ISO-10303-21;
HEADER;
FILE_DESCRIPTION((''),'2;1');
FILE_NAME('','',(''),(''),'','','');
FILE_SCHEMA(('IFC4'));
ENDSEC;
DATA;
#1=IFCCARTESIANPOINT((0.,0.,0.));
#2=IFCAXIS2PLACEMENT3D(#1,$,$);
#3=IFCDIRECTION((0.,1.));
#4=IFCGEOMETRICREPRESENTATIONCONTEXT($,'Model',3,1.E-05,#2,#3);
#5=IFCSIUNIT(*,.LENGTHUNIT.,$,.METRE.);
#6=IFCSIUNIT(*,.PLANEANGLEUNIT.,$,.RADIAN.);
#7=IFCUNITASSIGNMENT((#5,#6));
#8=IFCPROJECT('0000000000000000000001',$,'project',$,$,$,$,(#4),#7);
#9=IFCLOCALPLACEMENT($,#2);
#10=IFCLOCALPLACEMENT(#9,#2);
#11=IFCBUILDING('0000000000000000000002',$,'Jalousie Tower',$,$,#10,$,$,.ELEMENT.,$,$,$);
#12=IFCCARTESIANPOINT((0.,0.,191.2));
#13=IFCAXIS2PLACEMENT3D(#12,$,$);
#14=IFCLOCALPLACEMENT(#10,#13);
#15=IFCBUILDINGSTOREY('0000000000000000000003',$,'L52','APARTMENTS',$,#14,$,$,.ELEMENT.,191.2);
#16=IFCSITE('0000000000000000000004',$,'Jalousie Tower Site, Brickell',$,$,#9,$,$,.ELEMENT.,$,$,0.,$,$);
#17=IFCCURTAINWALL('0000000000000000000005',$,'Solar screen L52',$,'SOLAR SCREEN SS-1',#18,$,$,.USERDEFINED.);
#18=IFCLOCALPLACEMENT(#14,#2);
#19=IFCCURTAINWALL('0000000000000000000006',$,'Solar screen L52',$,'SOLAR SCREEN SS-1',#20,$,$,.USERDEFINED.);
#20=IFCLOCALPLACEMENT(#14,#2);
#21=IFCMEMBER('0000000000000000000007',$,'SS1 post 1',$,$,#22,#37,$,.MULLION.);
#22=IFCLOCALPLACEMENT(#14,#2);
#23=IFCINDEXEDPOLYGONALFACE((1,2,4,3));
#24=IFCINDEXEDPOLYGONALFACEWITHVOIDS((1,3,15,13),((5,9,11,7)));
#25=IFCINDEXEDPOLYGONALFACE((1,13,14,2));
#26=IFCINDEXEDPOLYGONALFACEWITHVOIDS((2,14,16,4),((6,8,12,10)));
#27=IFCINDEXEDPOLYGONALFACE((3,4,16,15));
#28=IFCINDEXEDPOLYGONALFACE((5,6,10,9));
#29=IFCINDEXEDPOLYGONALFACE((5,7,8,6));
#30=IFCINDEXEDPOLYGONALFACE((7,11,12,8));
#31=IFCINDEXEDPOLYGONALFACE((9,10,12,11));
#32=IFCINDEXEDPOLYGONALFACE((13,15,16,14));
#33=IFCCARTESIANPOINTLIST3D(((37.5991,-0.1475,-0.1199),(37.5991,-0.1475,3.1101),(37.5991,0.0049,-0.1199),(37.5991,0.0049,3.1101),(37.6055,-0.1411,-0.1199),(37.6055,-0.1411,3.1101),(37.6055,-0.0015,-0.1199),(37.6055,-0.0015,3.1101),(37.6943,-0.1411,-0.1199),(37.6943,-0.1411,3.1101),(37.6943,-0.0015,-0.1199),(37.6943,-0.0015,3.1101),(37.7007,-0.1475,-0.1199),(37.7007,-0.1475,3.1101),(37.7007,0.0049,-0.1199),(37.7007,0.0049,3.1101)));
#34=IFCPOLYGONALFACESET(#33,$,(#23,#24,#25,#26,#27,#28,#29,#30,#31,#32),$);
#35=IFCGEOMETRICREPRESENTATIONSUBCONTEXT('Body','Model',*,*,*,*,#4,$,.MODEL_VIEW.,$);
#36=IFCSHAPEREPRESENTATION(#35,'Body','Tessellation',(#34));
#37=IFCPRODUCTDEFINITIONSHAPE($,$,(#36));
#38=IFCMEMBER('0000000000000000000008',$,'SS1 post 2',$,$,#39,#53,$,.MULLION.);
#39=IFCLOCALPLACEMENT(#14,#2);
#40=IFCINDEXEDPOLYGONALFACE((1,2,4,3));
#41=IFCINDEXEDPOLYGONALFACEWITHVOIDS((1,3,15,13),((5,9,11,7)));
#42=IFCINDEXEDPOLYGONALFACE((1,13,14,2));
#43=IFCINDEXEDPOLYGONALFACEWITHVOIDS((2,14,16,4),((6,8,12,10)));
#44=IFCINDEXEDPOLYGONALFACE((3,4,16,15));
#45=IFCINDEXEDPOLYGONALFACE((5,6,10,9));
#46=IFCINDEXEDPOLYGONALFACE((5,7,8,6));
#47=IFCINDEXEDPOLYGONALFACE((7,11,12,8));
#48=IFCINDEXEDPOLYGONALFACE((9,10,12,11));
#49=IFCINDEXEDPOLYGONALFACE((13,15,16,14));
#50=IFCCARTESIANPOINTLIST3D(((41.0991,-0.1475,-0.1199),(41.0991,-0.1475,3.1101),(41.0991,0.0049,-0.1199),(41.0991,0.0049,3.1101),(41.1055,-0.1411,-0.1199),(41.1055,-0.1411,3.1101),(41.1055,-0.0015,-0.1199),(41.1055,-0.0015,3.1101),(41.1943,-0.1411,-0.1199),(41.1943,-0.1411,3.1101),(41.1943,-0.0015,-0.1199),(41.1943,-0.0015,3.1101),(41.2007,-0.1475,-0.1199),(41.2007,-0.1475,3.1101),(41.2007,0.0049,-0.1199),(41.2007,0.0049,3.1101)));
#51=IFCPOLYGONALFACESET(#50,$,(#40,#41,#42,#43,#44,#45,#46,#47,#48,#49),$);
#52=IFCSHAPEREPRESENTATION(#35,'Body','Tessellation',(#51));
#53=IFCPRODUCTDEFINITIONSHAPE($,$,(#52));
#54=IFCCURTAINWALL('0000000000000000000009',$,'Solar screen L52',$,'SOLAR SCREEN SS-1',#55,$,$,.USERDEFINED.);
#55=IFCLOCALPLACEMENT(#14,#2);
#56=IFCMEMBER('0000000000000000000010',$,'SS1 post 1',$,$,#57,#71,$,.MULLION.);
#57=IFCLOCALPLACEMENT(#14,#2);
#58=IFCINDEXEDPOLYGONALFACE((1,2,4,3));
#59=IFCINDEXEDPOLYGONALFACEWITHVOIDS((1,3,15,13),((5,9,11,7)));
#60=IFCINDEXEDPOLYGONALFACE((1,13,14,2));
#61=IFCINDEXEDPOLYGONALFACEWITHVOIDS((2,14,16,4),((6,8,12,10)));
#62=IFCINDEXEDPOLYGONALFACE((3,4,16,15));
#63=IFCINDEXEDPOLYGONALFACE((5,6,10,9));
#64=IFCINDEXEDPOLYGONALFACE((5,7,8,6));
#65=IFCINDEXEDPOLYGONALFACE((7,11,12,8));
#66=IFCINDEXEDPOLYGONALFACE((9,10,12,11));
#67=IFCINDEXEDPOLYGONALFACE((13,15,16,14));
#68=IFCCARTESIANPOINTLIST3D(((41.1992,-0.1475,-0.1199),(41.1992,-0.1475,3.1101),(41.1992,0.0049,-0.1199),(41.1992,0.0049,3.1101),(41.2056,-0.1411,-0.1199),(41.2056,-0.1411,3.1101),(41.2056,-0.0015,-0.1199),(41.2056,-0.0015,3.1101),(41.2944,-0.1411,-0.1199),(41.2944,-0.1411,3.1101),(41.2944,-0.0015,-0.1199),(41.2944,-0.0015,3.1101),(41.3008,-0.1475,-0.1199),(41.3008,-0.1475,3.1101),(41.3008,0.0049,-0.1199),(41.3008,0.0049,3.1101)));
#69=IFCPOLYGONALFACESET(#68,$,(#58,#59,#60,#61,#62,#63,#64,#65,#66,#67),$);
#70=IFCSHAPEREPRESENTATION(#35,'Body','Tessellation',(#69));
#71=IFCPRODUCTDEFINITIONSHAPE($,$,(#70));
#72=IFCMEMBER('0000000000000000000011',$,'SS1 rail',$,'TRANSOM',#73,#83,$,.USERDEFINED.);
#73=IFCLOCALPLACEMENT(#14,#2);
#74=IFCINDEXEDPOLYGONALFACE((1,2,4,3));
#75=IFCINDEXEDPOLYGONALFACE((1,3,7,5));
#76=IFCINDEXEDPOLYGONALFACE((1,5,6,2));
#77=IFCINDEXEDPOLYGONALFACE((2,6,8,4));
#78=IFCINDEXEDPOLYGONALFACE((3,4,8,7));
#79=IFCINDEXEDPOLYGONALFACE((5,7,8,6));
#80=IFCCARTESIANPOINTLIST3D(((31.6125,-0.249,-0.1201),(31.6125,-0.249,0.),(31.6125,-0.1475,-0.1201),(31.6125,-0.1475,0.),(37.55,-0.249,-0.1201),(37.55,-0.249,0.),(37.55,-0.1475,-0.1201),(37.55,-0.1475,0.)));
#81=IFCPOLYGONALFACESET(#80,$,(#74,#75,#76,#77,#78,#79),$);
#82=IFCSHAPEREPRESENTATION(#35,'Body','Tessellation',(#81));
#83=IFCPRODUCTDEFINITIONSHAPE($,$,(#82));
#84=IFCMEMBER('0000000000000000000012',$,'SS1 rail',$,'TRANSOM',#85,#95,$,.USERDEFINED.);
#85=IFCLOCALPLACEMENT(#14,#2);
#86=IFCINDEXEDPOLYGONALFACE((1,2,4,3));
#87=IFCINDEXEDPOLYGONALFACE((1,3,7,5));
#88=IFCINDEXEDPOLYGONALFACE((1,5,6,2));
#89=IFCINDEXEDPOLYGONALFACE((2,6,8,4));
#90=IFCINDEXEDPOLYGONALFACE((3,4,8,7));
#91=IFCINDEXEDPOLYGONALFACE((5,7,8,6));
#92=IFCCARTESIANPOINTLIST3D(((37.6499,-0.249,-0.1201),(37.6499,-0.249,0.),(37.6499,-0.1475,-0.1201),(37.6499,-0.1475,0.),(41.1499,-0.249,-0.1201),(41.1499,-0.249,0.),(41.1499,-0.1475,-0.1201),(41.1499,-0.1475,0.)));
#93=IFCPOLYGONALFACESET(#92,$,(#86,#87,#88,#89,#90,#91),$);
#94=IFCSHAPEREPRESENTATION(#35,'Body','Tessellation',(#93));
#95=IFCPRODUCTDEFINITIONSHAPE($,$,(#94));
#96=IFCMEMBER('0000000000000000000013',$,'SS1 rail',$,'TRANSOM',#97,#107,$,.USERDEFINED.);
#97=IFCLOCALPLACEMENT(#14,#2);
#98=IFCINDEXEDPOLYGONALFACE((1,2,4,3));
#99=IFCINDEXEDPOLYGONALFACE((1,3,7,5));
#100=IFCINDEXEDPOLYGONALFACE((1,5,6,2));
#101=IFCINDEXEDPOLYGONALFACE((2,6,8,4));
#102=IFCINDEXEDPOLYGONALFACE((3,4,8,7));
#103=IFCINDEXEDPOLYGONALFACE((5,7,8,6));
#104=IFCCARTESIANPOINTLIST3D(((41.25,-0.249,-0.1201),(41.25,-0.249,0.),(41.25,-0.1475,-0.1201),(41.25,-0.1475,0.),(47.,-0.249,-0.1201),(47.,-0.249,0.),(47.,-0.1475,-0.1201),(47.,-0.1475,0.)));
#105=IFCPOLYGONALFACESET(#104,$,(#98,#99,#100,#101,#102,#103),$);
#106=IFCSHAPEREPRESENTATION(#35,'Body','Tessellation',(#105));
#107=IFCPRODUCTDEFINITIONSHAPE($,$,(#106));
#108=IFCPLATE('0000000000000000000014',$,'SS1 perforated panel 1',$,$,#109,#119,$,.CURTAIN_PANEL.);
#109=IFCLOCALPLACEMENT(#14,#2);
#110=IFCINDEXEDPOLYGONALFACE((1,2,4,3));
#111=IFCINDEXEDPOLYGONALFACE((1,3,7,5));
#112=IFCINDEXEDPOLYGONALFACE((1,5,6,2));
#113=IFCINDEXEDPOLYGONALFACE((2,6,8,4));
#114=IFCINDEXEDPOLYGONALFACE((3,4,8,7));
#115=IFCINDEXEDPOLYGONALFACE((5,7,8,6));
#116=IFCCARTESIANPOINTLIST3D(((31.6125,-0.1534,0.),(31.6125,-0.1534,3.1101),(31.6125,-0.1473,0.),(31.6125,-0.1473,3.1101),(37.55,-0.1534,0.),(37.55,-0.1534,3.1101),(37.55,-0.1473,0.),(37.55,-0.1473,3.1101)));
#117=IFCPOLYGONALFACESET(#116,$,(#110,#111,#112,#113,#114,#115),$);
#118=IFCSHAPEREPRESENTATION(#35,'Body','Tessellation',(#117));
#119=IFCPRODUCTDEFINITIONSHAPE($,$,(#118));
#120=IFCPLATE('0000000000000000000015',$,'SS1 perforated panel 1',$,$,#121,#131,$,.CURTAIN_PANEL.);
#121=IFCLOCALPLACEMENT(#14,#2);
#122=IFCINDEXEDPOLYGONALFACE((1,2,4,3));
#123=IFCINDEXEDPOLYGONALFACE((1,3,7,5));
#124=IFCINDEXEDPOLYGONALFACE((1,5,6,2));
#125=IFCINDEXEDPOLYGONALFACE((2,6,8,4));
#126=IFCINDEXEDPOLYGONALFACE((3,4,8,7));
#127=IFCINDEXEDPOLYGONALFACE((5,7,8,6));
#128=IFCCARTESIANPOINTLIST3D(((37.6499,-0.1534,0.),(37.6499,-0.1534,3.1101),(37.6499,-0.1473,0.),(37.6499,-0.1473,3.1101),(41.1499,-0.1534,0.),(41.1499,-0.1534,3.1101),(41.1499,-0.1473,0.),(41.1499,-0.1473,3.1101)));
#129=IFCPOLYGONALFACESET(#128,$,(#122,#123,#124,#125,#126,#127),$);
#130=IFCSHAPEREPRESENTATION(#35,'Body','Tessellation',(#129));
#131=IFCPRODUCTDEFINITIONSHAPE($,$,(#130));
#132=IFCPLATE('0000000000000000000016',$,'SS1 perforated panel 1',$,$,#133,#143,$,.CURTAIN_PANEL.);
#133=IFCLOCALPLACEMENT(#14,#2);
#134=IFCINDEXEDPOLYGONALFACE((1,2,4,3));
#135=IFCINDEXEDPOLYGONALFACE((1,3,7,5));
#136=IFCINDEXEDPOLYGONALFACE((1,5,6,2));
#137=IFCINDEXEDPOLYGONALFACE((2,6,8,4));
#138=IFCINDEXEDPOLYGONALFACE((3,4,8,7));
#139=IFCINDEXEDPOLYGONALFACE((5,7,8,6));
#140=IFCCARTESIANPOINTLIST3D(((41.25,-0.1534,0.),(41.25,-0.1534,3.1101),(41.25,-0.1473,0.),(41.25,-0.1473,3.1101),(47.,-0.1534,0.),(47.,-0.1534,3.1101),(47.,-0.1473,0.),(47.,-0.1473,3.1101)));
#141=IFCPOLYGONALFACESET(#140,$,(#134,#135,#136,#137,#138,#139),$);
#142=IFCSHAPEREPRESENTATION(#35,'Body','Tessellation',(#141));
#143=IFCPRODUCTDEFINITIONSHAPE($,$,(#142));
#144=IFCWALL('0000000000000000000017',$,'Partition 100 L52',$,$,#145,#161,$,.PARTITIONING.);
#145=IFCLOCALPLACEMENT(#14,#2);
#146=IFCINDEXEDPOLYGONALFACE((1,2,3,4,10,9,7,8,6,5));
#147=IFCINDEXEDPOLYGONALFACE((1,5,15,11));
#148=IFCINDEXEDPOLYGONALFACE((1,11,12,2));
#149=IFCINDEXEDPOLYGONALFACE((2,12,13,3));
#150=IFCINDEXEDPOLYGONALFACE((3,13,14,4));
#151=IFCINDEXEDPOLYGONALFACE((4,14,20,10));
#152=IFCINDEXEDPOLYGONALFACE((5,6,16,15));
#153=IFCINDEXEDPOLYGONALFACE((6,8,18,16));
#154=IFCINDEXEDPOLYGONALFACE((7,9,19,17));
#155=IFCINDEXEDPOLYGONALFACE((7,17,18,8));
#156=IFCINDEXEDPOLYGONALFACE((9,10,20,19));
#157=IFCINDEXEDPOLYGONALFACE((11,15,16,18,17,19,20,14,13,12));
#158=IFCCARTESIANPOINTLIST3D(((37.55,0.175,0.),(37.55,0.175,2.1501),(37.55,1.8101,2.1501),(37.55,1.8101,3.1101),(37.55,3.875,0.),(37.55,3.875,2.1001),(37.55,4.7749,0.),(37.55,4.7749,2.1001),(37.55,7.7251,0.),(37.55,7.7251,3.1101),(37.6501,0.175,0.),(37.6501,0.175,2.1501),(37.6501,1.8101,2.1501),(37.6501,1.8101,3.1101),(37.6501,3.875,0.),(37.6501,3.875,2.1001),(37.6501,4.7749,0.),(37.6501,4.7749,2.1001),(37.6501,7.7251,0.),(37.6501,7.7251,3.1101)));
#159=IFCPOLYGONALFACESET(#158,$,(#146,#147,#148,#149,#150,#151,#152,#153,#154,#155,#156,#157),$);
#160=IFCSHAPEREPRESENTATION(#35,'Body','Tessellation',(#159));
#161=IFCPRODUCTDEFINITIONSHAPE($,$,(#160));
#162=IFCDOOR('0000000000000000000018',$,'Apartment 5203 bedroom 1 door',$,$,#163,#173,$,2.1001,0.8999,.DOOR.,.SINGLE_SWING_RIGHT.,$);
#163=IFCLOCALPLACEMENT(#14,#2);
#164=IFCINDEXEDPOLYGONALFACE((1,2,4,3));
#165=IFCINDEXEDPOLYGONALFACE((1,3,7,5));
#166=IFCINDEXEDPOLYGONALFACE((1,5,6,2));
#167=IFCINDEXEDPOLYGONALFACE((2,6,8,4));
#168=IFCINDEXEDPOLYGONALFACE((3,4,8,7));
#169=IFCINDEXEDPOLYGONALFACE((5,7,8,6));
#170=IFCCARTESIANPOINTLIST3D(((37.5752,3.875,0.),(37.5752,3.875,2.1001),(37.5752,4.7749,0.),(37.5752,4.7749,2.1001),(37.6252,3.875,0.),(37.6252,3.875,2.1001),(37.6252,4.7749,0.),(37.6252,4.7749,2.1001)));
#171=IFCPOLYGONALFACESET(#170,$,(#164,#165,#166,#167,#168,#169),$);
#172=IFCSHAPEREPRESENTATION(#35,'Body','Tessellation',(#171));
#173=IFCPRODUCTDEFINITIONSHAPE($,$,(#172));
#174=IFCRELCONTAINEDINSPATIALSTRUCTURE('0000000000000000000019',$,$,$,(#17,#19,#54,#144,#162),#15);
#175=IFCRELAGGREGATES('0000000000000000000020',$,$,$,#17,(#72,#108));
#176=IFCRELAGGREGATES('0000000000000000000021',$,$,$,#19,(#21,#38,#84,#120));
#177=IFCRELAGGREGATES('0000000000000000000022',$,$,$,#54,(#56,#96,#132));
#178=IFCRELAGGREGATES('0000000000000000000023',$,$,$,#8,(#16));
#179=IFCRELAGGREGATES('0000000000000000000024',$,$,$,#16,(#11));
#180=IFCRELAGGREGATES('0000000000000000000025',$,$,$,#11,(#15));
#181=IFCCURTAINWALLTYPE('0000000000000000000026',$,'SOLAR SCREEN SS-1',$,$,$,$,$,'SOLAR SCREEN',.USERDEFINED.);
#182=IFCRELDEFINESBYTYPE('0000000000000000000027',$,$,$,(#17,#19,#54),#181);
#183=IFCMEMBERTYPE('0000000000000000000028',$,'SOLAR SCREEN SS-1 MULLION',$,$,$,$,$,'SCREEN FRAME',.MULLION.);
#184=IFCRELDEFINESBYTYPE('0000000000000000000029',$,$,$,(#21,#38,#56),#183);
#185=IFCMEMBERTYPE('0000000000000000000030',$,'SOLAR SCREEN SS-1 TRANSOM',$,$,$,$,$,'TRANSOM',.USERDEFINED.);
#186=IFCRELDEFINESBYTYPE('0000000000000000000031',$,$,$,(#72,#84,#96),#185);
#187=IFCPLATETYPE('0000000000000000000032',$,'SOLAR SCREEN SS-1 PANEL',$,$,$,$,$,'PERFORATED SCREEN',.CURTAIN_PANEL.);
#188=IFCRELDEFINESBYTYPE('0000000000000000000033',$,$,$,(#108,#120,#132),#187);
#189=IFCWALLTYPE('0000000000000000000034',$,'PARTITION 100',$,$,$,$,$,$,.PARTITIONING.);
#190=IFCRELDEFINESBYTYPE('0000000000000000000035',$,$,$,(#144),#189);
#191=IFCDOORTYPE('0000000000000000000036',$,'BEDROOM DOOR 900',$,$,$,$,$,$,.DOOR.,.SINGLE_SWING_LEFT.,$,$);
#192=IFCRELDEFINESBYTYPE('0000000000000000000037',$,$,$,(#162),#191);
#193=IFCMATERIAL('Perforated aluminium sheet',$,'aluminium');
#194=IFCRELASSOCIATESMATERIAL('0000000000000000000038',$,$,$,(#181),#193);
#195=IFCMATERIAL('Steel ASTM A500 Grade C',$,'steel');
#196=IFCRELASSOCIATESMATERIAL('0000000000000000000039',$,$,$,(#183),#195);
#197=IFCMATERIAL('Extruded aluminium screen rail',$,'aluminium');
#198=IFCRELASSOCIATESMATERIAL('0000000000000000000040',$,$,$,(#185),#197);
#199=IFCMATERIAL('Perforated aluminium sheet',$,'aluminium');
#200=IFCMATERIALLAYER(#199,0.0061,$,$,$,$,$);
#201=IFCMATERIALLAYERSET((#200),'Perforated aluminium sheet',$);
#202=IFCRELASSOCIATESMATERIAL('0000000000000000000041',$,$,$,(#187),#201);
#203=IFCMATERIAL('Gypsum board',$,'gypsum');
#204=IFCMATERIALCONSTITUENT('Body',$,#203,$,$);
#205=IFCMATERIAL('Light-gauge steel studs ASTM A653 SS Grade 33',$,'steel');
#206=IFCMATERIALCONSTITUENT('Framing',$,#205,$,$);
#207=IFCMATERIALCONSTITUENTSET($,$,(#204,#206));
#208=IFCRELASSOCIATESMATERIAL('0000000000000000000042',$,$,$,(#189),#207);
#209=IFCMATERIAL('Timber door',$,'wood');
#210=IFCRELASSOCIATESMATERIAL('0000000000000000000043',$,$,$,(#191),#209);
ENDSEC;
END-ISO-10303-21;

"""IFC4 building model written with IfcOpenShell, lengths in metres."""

from ifc_helpers import new_model, si_unit, direction, frame, frame_2d, origin, origin_2d, place, context, subcontext, project, spatial, polyline, rectangle, hollow_rectangle, outline, extrude, material, layer, layer_set, constituent, constituent_set, material_profile, profile_set, type_object, element, fill, aggregate, save


model = new_model("IFC4")

# Units and contexts
model_context = context("Model", 3, precision=1e-05, world=origin(), true_north=direction((0.0, 1.0)))
body_context = subcontext(model_context, "Body", "Model", "MODEL_VIEW")
ifc_project = project(units=[si_unit("LENGTHUNIT", "METRE"), si_unit("PLANEANGLEUNIT", "RADIAN")], contexts=[model_context])

# Site, building, storey
site_placement = place(None, origin())
site = spatial("IfcSite", under=ifc_project, at=site_placement, Name="Jalousie Tower Site, Brickell", CompositionType="ELEMENT", RefElevation=0.0)
building_placement = place(site_placement, origin())
building = spatial("IfcBuilding", under=site, at=building_placement, Name="Jalousie Tower", CompositionType="ELEMENT")
storey_placement = place(building_placement, frame((0.0, 0.0, 191.2)))
storey = spatial("IfcBuildingStorey", under=building, at=storey_placement, Name="L52", Description="APARTMENTS", CompositionType="ELEMENT", Elevation=191.2)

# Curtain walls, members
ifc_material_1 = material(Name="Perforated aluminium sheet", Category="aluminium")
curtain_wall_type = type_object("IfcCurtainWallType", Name="SOLAR SCREEN SS-1", ElementType="SOLAR SCREEN", PredefinedType="USERDEFINED", material=ifc_material_1)
curtain_wall_1_placement = place(storey_placement, origin())
curtain_wall_1 = element("IfcCurtainWall", 1, at=curtain_wall_1_placement, inside=storey, type_object=curtain_wall_type, Name="Solar screen L52", ObjectType="SOLAR SCREEN SS-1", PredefinedType="USERDEFINED")
ifc_material_2 = material(Name="Steel ASTM A500 Grade C", Category="steel")
ifc_material_profile_1 = material_profile(ifc_material_2, hollow_rectangle(XDim=0.1016, YDim=0.1523, WallThickness=0.0063, at=origin_2d()), Name="HSS6X4X1/4")
ifc_profile_set_1 = profile_set([ifc_material_profile_1], Name="Steel ASTM A500 Grade C")
member_type_1 = type_object("IfcMemberType", Name="SOLAR SCREEN SS-1 MULLION", ElementType="SCREEN FRAME", PredefinedType="MULLION", material=ifc_profile_set_1)
curtain_wall_2_placement = place(storey_placement, origin())
curtain_wall_2 = element("IfcCurtainWall", 2, at=curtain_wall_2_placement, inside=storey, type_object=curtain_wall_type, Name="Solar screen L52", ObjectType="SOLAR SCREEN SS-1", PredefinedType="USERDEFINED")
member_1_placement = place(storey_placement, frame((37.6499, -0.0713, -0.1199), z_axis=(0.0, 0.0, 1.0), x_axis=(1.0, 0.0, 0.0)))
member_1 = element("IfcMember", 3, at=member_1_placement, type_object=member_type_1, Name="SS1 post 1", PredefinedType="MULLION", context=body_context, shape_type="SweptSolid", body=[
    extrude(hollow_rectangle(XDim=0.1016, YDim=0.1523, WallThickness=0.0063, at=origin_2d()), origin(), (0.0, 0.0, 1.0), 3.23),
])
member_2_placement = place(storey_placement, frame((41.1499, -0.0713, -0.1199), z_axis=(0.0, 0.0, 1.0), x_axis=(1.0, 0.0, 0.0)))
member_2 = element("IfcMember", 4, at=member_2_placement, type_object=member_type_1, Name="SS1 post 2", PredefinedType="MULLION", context=body_context, shape_type="SweptSolid", body=[
    extrude(hollow_rectangle(XDim=0.1016, YDim=0.1523, WallThickness=0.0063, at=origin_2d()), origin(), (0.0, 0.0, 1.0), 3.23),
])

# Curtain wall, member
curtain_wall_3_placement = place(storey_placement, origin())
curtain_wall_3 = element("IfcCurtainWall", 5, at=curtain_wall_3_placement, inside=storey, type_object=curtain_wall_type, Name="Solar screen L52", ObjectType="SOLAR SCREEN SS-1", PredefinedType="USERDEFINED")
member_3_placement = place(storey_placement, frame((41.25, -0.0713, -0.1199), z_axis=(0.0, 0.0, 1.0), x_axis=(1.0, 0.0, 0.0)))
member_3 = element("IfcMember", 6, at=member_3_placement, type_object=member_type_1, Name="SS1 post 1", PredefinedType="MULLION", context=body_context, shape_type="SweptSolid", body=[
    extrude(hollow_rectangle(XDim=0.1016, YDim=0.1523, WallThickness=0.0063, at=origin_2d()), origin(), (0.0, 0.0, 1.0), 3.23),
])

# Members
ifc_material_3 = material(Name="Extruded aluminium screen rail", Category="aluminium")
ifc_material_profile_2 = material_profile(ifc_material_3, rectangle(XDim=0.1016, YDim=0.1201, at=origin_2d()), Name="RAIL 102x120")
ifc_profile_set_2 = profile_set([ifc_material_profile_2], Name="Extruded aluminium screen rail")
member_type_2 = type_object("IfcMemberType", Name="SOLAR SCREEN SS-1 TRANSOM", ElementType="TRANSOM", PredefinedType="USERDEFINED", material=ifc_profile_set_2)
member_4_placement = place(storey_placement, frame((31.6125, -0.1982, -0.0601), z_axis=(1.0, 0.0, 0.0), x_axis=(0.0, 1.0, 0.0)))
member_4 = element("IfcMember", 7, at=member_4_placement, type_object=member_type_2, Name="SS1 rail", ObjectType="TRANSOM", PredefinedType="USERDEFINED", context=body_context, shape_type="SweptSolid", body=[
    extrude(rectangle(XDim=0.1016, YDim=0.1201, at=origin_2d()), origin(), (0.0, 0.0, 1.0), 5.9375),
])
member_5_placement = place(storey_placement, frame((37.6499, -0.1982, -0.0601), z_axis=(1.0, 0.0, 0.0), x_axis=(0.0, 1.0, 0.0)))
member_5 = element("IfcMember", 8, at=member_5_placement, type_object=member_type_2, Name="SS1 rail", ObjectType="TRANSOM", PredefinedType="USERDEFINED", context=body_context, shape_type="SweptSolid", body=[
    extrude(rectangle(XDim=0.1016, YDim=0.1201, at=origin_2d()), origin(), (0.0, 0.0, 1.0), 3.5),
])
member_6_placement = place(storey_placement, frame((41.25, -0.1982, -0.0601), z_axis=(1.0, 0.0, 0.0), x_axis=(0.0, 1.0, 0.0)))
member_6 = element("IfcMember", 9, at=member_6_placement, type_object=member_type_2, Name="SS1 rail", ObjectType="TRANSOM", PredefinedType="USERDEFINED", context=body_context, shape_type="SweptSolid", body=[
    extrude(rectangle(XDim=0.1016, YDim=0.1201, at=origin_2d()), origin(), (0.0, 0.0, 1.0), 5.75),
])

# Plates
ifc_material_4 = material(Name="Perforated aluminium sheet", Category="aluminium")
ifc_layer = layer(ifc_material_4, 0.0061)
ifc_layer_set = layer_set([ifc_layer], Name="Perforated aluminium sheet")
plate_type = type_object("IfcPlateType", Name="SOLAR SCREEN SS-1 PANEL", ElementType="PERFORATED SCREEN", PredefinedType="CURTAIN_PANEL", material=ifc_layer_set)
plate_1_placement = place(storey_placement, frame((34.5813, -0.1504, 0.0), z_axis=(0.0, 0.0, 1.0), x_axis=(1.0, 0.0, 0.0)))
plate_1 = element("IfcPlate", 10, at=plate_1_placement, type_object=plate_type, Name="SS1 perforated panel 1", PredefinedType="CURTAIN_PANEL", context=body_context, shape_type="SweptSolid", body=[
    extrude(rectangle(XDim=5.9375, YDim=0.0061, at=origin_2d()), origin(), (0.0, 0.0, 1.0), 3.1101),
])
aggregate(curtain_wall_1, [member_4, plate_1])
plate_2_placement = place(storey_placement, frame((39.3999, -0.1504, 0.0), z_axis=(0.0, 0.0, 1.0), x_axis=(1.0, 0.0, 0.0)))
plate_2 = element("IfcPlate", 11, at=plate_2_placement, type_object=plate_type, Name="SS1 perforated panel 1", PredefinedType="CURTAIN_PANEL", context=body_context, shape_type="SweptSolid", body=[
    extrude(rectangle(XDim=3.5, YDim=0.0061, at=origin_2d()), origin(), (0.0, 0.0, 1.0), 3.1101),
])
aggregate(curtain_wall_2, [member_1, member_2, member_5, plate_2])
plate_3_placement = place(storey_placement, frame((44.125, -0.1504, 0.0), z_axis=(0.0, 0.0, 1.0), x_axis=(1.0, 0.0, 0.0)))
plate_3 = element("IfcPlate", 12, at=plate_3_placement, type_object=plate_type, Name="SS1 perforated panel 1", PredefinedType="CURTAIN_PANEL", context=body_context, shape_type="SweptSolid", body=[
    extrude(rectangle(XDim=5.75, YDim=0.0061, at=origin_2d()), origin(), (0.0, 0.0, 1.0), 3.1101),
])
aggregate(curtain_wall_3, [member_3, member_6, plate_3])

# Wall, opening, door
ifc_material_5 = material(Name="Gypsum board", Category="gypsum")
ifc_constituent_1 = constituent(ifc_material_5, Name="Body")
ifc_material_6 = material(Name="Light-gauge steel studs ASTM A653 SS Grade 33", Category="steel")
ifc_constituent_2 = constituent(ifc_material_6, Name="Framing")
ifc_constituent_set_1 = constituent_set(constituents=[ifc_constituent_1, ifc_constituent_2])
wall_type_1 = type_object("IfcWallType", Name="PARTITION 100", PredefinedType="PARTITIONING", material=ifc_constituent_set_1)
wall_1_placement = place(storey_placement, frame((37.6001, 0.175, 0.0), z_axis=(0.0, 0.0, 1.0), x_axis=(0.0, 1.0, 0.0)))
wall_1 = element("IfcWall", 13, at=wall_1_placement, inside=storey, type_object=wall_type_1, Name="Partition 100 L52", PredefinedType="PARTITIONING", context=body_context, shape_type="SweptSolid", body=[
    extrude(outline(polyline([(0.0, 0.0), (7.55, 0.0), (7.55, 3.1101), (1.635, 3.1101), (1.635, 2.1501), (0.0, 2.1501), (0.0, 3.1101), (0.0, 0.0)])), frame((0.0, 0.05, 0.0), z_axis=(0.0, -1.0, 0.0), x_axis=(1.0, 0.0, 0.0)), (0.0, 0.0, 1.0), 0.1001),
])
opening_1_placement = place(wall_1_placement, frame((3.7, 0.0, 0.0)))
opening_1 = element("IfcOpeningElement", 14, at=opening_1_placement, cuts=wall_1, PredefinedType="OPENING", context=body_context, shape_type="SweptSolid", body=[
    extrude(rectangle(XDim=0.8999, YDim=2.1001, at=frame_2d((0.45, 1.05))), frame((0.0, 0.0601, 0.0), z_axis=(0.0, -1.0, 0.0), x_axis=(1.0, 0.0, 0.0)), (0.0, 0.0, 1.0), 0.1201),
])
ifc_material_7 = material(Name="Timber door", Category="wood")
door_type_1 = type_object("IfcDoorType", Name="BEDROOM DOOR 900", OperationType="SINGLE_SWING_LEFT", PredefinedType="DOOR", material=ifc_material_7)
door_1_placement = place(opening_1_placement, origin())
door_1 = element("IfcDoor", 15, at=door_1_placement, inside=storey, type_object=door_type_1, Name="Apartment 5203 bedroom 1 door", OperationType="SINGLE_SWING_RIGHT", OverallHeight=2.1001, OverallWidth=0.8999, PredefinedType="DOOR", context=body_context, shape_type="SweptSolid", body=[
    extrude(rectangle(XDim=0.8999, YDim=2.1001, at=frame_2d((0.45, 1.05))), frame((0.0, 0.0249, 0.0), z_axis=(0.0, -1.0, 0.0), x_axis=(1.0, 0.0, 0.0)), (0.0, 0.0, 1.0), 0.05),
])
fill(opening_1, door_1)

save(model, "model.ifc")
